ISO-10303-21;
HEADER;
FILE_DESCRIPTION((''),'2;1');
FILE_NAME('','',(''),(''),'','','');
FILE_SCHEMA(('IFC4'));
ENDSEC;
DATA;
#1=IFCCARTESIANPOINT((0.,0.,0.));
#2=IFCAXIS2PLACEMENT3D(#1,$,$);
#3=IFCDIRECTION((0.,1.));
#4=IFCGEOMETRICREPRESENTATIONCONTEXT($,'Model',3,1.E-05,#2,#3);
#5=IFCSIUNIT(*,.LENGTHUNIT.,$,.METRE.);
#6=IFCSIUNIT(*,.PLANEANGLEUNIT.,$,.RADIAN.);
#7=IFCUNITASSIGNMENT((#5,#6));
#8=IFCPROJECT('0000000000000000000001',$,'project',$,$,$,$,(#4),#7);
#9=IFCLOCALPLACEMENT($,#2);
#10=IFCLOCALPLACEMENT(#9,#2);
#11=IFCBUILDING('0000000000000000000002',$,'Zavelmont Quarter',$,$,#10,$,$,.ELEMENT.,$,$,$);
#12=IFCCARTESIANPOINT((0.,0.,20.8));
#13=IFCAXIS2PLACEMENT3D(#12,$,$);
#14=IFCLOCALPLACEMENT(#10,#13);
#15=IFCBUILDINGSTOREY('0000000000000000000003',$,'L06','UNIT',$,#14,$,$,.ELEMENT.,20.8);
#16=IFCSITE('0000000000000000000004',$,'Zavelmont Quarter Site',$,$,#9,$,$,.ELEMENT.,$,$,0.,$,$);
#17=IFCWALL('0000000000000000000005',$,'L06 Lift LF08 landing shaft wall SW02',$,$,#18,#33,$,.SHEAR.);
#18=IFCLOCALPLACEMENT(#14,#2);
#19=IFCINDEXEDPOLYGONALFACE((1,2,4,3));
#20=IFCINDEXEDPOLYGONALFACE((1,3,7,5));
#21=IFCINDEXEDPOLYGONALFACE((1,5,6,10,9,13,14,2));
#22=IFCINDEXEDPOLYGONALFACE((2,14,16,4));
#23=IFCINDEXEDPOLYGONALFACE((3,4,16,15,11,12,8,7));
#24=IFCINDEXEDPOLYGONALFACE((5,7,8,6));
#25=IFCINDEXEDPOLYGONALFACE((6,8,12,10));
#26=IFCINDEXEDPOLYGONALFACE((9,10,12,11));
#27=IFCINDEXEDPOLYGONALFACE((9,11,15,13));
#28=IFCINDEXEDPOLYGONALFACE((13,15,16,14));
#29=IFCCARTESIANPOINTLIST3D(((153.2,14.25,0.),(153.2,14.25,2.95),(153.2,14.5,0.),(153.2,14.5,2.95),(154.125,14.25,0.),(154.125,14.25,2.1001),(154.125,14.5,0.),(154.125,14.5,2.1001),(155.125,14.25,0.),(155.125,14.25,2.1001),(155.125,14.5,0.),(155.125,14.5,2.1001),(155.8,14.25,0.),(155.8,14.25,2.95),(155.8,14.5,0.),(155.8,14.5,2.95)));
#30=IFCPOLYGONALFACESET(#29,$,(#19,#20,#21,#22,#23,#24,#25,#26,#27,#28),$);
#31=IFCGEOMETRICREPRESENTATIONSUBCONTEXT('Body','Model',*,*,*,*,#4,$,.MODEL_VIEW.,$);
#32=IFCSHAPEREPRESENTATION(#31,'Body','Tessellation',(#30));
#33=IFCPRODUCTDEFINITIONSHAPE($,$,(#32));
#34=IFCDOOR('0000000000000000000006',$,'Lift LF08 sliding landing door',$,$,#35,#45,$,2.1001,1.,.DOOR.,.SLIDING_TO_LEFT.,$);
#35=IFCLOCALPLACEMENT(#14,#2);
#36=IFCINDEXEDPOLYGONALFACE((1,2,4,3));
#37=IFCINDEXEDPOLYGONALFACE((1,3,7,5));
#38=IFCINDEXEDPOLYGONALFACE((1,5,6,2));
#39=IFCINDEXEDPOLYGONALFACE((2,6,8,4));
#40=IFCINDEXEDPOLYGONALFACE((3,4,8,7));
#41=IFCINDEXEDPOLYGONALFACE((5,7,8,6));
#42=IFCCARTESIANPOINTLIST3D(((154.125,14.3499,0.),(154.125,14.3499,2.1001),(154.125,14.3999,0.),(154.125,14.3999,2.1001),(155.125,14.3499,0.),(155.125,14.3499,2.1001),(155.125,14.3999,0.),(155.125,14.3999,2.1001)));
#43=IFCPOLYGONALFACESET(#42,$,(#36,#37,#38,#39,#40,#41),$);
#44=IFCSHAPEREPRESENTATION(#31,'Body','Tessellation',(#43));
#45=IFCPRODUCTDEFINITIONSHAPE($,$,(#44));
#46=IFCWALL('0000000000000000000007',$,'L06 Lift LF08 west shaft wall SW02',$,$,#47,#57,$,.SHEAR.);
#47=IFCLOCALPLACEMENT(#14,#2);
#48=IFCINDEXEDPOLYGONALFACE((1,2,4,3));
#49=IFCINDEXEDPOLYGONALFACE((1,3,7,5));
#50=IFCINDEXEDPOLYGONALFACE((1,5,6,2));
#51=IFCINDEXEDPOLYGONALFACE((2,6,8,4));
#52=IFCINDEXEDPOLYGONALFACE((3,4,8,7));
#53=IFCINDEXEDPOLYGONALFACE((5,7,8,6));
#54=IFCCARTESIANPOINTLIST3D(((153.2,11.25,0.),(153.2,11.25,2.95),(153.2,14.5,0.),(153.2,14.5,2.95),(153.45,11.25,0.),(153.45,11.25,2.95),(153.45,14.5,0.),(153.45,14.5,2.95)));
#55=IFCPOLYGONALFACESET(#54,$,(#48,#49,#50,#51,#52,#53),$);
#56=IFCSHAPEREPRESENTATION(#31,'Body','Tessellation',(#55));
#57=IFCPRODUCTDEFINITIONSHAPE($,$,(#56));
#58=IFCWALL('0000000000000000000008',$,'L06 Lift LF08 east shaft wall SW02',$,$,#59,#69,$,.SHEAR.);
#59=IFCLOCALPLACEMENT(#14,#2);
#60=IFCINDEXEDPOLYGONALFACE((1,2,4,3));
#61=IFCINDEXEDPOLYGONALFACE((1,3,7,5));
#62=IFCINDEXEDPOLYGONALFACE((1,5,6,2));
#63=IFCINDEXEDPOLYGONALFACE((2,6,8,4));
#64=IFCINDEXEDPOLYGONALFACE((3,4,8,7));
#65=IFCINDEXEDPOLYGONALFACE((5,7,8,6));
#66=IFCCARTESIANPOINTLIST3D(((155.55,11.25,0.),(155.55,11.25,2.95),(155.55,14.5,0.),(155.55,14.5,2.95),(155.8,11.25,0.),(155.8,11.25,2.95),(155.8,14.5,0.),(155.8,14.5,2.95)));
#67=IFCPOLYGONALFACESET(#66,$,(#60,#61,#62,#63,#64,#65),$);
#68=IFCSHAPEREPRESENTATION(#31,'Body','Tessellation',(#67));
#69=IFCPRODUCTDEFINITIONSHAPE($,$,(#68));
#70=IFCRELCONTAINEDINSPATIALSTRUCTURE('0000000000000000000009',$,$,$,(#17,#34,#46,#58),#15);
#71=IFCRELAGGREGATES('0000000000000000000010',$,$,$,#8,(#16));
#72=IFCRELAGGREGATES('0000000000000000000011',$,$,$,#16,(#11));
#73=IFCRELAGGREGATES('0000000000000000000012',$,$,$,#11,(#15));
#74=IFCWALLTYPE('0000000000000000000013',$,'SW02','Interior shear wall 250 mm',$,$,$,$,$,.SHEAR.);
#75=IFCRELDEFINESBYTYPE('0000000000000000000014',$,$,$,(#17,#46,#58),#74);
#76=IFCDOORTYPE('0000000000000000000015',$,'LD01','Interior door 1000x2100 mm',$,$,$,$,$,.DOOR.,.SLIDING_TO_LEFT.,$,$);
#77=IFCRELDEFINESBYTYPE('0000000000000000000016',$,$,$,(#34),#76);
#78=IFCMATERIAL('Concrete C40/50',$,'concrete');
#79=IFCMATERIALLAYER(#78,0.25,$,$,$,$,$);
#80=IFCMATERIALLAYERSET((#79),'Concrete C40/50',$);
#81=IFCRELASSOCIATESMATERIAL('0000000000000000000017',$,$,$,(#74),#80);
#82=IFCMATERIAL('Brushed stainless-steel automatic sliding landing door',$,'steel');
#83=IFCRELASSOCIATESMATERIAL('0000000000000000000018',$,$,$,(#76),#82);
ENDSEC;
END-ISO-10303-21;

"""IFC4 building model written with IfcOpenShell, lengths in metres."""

from ifc_helpers import new_model, si_unit, direction, frame, frame_2d, origin, origin_with_axes, place, context, subcontext, project, spatial, rectangle, extrude, material, layer, layer_set, type_object, element, fill, save


model = new_model("IFC4")

# Units and contexts
model_context = context("Model", 3, precision=1e-05, world=origin(), true_north=direction((0.0, 1.0)))
body_context = subcontext(model_context, "Body", "Model", "MODEL_VIEW")
ifc_project = project(units=[si_unit("LENGTHUNIT", "METRE"), si_unit("PLANEANGLEUNIT", "RADIAN")], contexts=[model_context])

# Site, building, storey
site_placement = place(None, origin())
site = spatial("IfcSite", under=ifc_project, at=site_placement, Name="Zavelmont Quarter Site", CompositionType="ELEMENT", RefElevation=0.0)
building_placement = place(site_placement, origin())
building = spatial("IfcBuilding", under=site, at=building_placement, Name="Zavelmont Quarter", CompositionType="ELEMENT")
storey_placement = place(building_placement, frame((0.0, 0.0, 20.8)))
storey = spatial("IfcBuildingStorey", under=building, at=storey_placement, Name="L06", Description="UNIT", CompositionType="ELEMENT", Elevation=20.8)

# Shared definitions
ifc_material_1 = material(Name="Concrete C40/50", Category="concrete")

# Wall, opening, door
ifc_layer_1 = layer(ifc_material_1, 0.25)
ifc_layer_set_1 = layer_set([ifc_layer_1], Name="Concrete C40/50")
wall_type_1 = type_object("IfcWallType", Name="SW02", Description="Interior shear wall 250 mm", PredefinedType="SHEAR", material=ifc_layer_set_1)
wall_1_placement = place(storey_placement, frame((153.2, 14.375, 0.0), z_axis=(0.0, 0.0, 1.0), x_axis=(1.0, 0.0, 0.0)))
wall_1 = element("IfcWall", 1, at=wall_1_placement, inside=storey, type_object=wall_type_1, Name="L06 Lift LF08 landing shaft wall SW02", PredefinedType="SHEAR", context=body_context, shape_type="SweptSolid", body=[
    extrude(rectangle(XDim=2.6001, YDim=0.25, at=frame_2d((1.3, 0.0))), origin(), (0.0, 0.0, 1.0), 2.95),
])
opening_1_placement = place(wall_1_placement, frame((0.925, 0.0, 0.0)))
opening_1 = element("IfcOpeningElement", 2, at=opening_1_placement, cuts=wall_1, PredefinedType="OPENING", context=body_context, shape_type="SweptSolid", body=[
    extrude(rectangle(XDim=1.0, YDim=2.1001, at=frame_2d((0.5, 1.05))), frame((0.0, 0.137, 0.0), z_axis=(0.0, -1.0, 0.0), x_axis=(1.0, 0.0, 0.0)), (0.0, 0.0, 1.0), 0.2739),
])
ifc_material_2 = material(Name="Brushed stainless-steel automatic sliding landing door", Category="steel")
door_type_1 = type_object("IfcDoorType", Name="LD01", Description="Interior door 1000x2100 mm", OperationType="SLIDING_TO_LEFT", PredefinedType="DOOR", material=ifc_material_2)
door_1_placement = place(opening_1_placement, origin_with_axes())
door_1 = element("IfcDoor", 3, at=door_1_placement, inside=storey, type_object=door_type_1, Name="Lift LF08 sliding landing door", OperationType="SLIDING_TO_LEFT", OverallHeight=2.1001, OverallWidth=1.0, PredefinedType="DOOR", context=body_context, shape_type="SweptSolid", body=[
    extrude(rectangle(XDim=1.0, YDim=2.1001, at=frame_2d((0.5, 1.05))), frame((0.0, 0.0249, 0.0), z_axis=(0.0, -1.0, 0.0), x_axis=(1.0, 0.0, 0.0)), (0.0, 0.0, 1.0), 0.05),
])
fill(opening_1, door_1)

# Walls
for number, where, z_axis, x_axis, name in (
    (4, (153.325, 11.25, 0.0), (0.0, 0.0, 1.0), (0.0, 1.0, 0.0), "L06 Lift LF08 west shaft wall SW02"),
    (5, (155.675, 11.25, 0.0), (0.0, 0.0, 1.0), (0.0, 1.0, 0.0), "L06 Lift LF08 east shaft wall SW02"),
):
    element("IfcWall", number, at=place(storey_placement, frame(where, z_axis=z_axis, x_axis=x_axis)), inside=storey, type_object=wall_type_1, Name=name, PredefinedType="SHEAR", context=body_context, shape_type="SweptSolid", body=[
        extrude(rectangle(XDim=3.25, YDim=0.25, at=frame_2d((1.625, 0.0))), origin(), (0.0, 0.0, 1.0), 2.95),
    ])

save(model, "model.ifc")
